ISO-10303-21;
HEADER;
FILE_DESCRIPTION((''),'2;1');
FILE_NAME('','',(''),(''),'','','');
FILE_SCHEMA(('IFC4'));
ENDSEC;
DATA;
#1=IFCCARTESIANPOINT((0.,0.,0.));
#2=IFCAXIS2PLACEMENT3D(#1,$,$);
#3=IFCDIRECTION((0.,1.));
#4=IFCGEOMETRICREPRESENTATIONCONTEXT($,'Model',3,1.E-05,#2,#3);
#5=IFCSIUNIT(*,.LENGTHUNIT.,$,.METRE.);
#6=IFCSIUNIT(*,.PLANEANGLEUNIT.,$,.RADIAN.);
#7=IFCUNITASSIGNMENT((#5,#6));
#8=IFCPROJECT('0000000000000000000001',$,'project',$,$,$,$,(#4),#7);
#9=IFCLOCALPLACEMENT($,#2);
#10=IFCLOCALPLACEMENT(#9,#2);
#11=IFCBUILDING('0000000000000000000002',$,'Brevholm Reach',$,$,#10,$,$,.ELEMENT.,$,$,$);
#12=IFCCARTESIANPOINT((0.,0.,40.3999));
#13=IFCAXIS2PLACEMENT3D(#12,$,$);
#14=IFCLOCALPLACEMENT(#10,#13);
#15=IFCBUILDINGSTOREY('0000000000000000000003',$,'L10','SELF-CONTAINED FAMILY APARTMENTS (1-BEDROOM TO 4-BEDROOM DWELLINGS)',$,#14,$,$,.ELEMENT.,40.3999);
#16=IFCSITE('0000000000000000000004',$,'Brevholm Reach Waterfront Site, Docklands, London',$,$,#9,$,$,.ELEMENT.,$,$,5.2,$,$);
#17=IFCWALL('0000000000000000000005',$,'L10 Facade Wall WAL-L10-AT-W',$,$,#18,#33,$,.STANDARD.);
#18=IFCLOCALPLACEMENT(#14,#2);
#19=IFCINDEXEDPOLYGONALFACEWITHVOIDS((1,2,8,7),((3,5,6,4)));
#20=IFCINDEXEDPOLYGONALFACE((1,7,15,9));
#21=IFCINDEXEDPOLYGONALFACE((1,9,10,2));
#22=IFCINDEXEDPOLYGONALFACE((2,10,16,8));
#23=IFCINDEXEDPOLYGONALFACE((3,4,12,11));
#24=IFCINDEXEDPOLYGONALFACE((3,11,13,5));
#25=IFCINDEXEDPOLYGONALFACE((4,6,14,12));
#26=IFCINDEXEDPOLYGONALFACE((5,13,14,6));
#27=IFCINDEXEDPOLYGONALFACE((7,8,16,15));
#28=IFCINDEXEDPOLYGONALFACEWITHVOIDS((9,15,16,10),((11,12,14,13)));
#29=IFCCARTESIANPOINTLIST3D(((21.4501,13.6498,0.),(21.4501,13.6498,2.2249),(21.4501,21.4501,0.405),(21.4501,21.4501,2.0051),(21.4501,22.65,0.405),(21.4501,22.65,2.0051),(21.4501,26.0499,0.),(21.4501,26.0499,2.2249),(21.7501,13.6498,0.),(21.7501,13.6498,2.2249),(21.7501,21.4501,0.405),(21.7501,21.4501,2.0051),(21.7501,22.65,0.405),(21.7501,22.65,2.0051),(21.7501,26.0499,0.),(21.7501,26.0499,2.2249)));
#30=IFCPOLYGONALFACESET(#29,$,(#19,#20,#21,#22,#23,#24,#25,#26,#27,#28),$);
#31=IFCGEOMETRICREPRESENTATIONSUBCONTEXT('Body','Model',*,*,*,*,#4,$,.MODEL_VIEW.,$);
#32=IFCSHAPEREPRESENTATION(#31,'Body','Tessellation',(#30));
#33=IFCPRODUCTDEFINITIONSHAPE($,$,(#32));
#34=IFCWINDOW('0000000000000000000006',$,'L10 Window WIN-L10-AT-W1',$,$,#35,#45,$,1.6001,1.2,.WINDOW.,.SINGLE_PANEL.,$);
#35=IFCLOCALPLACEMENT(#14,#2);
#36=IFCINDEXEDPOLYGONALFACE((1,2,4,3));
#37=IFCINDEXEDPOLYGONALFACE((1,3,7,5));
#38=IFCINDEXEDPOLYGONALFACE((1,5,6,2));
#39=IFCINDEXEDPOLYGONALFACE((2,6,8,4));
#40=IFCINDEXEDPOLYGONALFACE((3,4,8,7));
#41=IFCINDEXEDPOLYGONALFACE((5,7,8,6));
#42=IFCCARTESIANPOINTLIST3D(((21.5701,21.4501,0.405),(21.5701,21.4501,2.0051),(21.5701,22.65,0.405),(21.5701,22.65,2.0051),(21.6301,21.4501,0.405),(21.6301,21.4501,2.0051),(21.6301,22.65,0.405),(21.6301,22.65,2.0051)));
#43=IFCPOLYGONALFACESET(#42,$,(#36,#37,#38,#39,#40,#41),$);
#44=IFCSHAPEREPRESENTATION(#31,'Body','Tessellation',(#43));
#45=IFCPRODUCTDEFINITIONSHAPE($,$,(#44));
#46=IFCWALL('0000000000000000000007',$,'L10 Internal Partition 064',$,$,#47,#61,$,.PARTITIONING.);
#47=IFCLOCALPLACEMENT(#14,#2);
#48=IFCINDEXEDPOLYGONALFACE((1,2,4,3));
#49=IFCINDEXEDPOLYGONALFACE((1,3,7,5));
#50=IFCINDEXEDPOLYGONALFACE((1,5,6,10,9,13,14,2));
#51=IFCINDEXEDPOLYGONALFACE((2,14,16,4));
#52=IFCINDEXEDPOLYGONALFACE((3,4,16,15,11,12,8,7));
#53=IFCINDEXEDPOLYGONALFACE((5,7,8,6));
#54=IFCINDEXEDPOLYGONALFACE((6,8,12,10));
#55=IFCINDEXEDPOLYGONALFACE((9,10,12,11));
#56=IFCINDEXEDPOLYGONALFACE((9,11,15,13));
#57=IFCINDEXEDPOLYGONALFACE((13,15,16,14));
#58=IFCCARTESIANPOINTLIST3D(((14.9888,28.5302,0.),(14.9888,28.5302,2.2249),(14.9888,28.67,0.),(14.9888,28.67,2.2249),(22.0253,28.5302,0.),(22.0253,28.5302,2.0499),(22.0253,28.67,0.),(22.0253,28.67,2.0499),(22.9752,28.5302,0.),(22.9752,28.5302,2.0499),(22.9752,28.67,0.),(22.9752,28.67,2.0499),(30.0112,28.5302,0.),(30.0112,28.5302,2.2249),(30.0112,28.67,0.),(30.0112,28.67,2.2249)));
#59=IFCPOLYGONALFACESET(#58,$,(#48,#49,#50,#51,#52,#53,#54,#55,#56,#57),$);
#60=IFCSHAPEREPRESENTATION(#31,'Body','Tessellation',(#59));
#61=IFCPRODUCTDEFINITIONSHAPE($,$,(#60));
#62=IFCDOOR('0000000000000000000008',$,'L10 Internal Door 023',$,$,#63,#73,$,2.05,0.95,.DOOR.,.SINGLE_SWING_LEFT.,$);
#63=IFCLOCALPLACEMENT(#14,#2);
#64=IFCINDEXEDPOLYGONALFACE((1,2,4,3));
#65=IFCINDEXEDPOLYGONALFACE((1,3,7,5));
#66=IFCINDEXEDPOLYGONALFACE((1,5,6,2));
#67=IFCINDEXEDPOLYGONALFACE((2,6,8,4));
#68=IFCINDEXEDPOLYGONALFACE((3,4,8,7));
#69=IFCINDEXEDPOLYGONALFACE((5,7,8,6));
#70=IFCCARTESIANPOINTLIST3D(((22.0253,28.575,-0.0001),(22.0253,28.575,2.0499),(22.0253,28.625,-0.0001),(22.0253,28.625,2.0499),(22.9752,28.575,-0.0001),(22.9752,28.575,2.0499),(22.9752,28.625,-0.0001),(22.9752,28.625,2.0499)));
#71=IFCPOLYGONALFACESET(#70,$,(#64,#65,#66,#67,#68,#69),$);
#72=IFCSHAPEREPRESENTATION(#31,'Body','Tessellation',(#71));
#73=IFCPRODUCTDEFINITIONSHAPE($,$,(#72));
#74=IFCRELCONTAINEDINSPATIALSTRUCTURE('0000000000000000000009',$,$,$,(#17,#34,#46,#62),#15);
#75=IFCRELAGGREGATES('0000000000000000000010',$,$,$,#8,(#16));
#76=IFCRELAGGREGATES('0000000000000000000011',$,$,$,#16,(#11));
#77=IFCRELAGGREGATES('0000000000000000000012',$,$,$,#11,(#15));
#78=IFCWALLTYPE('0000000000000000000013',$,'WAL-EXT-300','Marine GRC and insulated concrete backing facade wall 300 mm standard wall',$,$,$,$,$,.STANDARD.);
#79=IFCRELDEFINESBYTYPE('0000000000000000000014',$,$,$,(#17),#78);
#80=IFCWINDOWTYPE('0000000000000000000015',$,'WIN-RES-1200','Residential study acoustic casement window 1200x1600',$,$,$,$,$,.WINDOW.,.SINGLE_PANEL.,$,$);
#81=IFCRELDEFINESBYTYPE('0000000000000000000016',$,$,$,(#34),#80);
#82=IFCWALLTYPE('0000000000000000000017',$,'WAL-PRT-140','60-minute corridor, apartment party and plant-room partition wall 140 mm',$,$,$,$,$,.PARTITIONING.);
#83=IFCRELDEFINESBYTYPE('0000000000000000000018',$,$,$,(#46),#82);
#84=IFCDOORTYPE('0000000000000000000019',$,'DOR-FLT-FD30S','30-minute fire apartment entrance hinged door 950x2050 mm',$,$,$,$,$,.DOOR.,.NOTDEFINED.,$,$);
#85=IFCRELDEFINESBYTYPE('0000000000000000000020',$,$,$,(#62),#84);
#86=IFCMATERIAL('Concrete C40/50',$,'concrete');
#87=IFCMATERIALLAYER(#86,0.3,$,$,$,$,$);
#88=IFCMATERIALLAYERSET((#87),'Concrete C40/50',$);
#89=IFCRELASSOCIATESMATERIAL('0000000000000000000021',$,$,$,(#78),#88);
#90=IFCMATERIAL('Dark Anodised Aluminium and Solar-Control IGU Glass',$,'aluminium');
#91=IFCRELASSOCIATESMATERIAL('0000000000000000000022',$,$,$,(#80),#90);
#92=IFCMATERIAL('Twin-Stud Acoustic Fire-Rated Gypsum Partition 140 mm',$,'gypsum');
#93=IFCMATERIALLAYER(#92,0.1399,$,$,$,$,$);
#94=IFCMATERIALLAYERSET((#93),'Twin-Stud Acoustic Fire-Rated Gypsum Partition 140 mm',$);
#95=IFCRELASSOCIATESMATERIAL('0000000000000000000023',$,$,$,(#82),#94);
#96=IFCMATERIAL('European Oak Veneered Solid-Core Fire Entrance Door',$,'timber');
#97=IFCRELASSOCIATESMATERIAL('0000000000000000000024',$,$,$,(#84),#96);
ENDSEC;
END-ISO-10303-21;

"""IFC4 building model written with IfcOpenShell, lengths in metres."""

from ifc_helpers import new_model, si_unit, direction, frame, frame_2d, origin, place, context, subcontext, project, spatial, rectangle, extrude, material, layer, layer_set, type_object, element, fill, save


model = new_model("IFC4")

# Units and contexts
model_context = context("Model", 3, precision=1e-05, world=origin(), true_north=direction((0.0, 1.0)))
body_context = subcontext(model_context, "Body", "Model", "MODEL_VIEW")
ifc_project = project(units=[si_unit("LENGTHUNIT", "METRE"), si_unit("PLANEANGLEUNIT", "RADIAN")], contexts=[model_context])

# Site, building, storey
site_placement = place(None, origin())
site = spatial("IfcSite", under=ifc_project, at=site_placement, Name="Brevholm Reach Waterfront Site, Docklands, London", CompositionType="ELEMENT", RefElevation=5.2)
building_placement = place(site_placement, origin())
building = spatial("IfcBuilding", under=site, at=building_placement, Name="Brevholm Reach", CompositionType="ELEMENT")
storey_placement = place(building_placement, frame((0.0, 0.0, 40.3999)))
storey = spatial("IfcBuildingStorey", under=building, at=storey_placement, Name="L10", Description="SELF-CONTAINED FAMILY APARTMENTS (1-BEDROOM TO 4-BEDROOM DWELLINGS)", CompositionType="ELEMENT", Elevation=40.3999)

# Wall, opening, window
ifc_material_1 = material(Name="Concrete C40/50", Category="concrete")
ifc_layer_1 = layer(ifc_material_1, 0.3)
ifc_layer_set_1 = layer_set([ifc_layer_1], Name="Concrete C40/50")
wall_type_1 = type_object("IfcWallType", Name="WAL-EXT-300", Description="Marine GRC and insulated concrete backing facade wall 300 mm standard wall", PredefinedType="STANDARD", material=ifc_layer_set_1)
wall_1_placement = place(storey_placement, frame((21.6001, 26.05, 0.0), z_axis=(0.0, 0.0, 1.0), x_axis=(0.0, -1.0, 0.0)))
wall_1 = element("IfcWall", 1, at=wall_1_placement, inside=storey, type_object=wall_type_1, Name="L10 Facade Wall WAL-L10-AT-W", PredefinedType="STANDARD", context=body_context, shape_type="SweptSolid", body=[
    extrude(rectangle(XDim=12.4001, YDim=0.3, at=frame_2d((6.2002, 0.0))), origin(), (0.0, 0.0, 1.0), 2.2249),
])
opening_1_placement = place(wall_1_placement, frame((3.3999, 0.0, 0.405)))
opening_1 = element("IfcOpeningElement", 2, at=opening_1_placement, cuts=wall_1, PredefinedType="OPENING", context=body_context, shape_type="SweptSolid", body=[
    extrude(rectangle(XDim=1.2, YDim=1.6001, at=frame_2d((0.6001, 0.8))), frame((0.0, 0.1599, 0.0), z_axis=(0.0, -1.0, 0.0), x_axis=(1.0, 0.0, 0.0)), (0.0, 0.0, 1.0), 0.3201),
])
ifc_material_2 = material(Name="Dark Anodised Aluminium and Solar-Control IGU Glass", Category="aluminium")
window_type = type_object("IfcWindowType", Name="WIN-RES-1200", Description="Residential study acoustic casement window 1200x1600", PartitioningType="SINGLE_PANEL", PredefinedType="WINDOW", material=ifc_material_2)
window_placement = place(opening_1_placement, origin())
window = element("IfcWindow", 3, at=window_placement, inside=storey, type_object=window_type, Name="L10 Window WIN-L10-AT-W1", OverallHeight=1.6001, OverallWidth=1.2, PartitioningType="SINGLE_PANEL", PredefinedType="WINDOW", context=body_context, shape_type="SweptSolid", body=[
    extrude(rectangle(XDim=1.2, YDim=1.6001, at=frame_2d((0.6001, 0.8))), frame((0.0, 0.03, 0.0), z_axis=(0.0, -1.0, 0.0), x_axis=(1.0, 0.0, 0.0)), (0.0, 0.0, 1.0), 0.0601),
])
fill(opening_1, window)

# Wall, opening, door
ifc_material_3 = material(Name="Twin-Stud Acoustic Fire-Rated Gypsum Partition 140 mm", Category="gypsum")
ifc_layer_2 = layer(ifc_material_3, 0.1399)
ifc_layer_set_2 = layer_set([ifc_layer_2], Name="Twin-Stud Acoustic Fire-Rated Gypsum Partition 140 mm")
wall_type_2 = type_object("IfcWallType", Name="WAL-PRT-140", Description="60-minute corridor, apartment party and plant-room partition wall 140 mm", PredefinedType="PARTITIONING", material=ifc_layer_set_2)
wall_2_placement = place(storey_placement, frame((14.9888, 28.6001, 0.0), z_axis=(0.0, 0.0, 1.0), x_axis=(1.0, 0.0, 0.0)))
wall_2 = element("IfcWall", 4, at=wall_2_placement, inside=storey, type_object=wall_type_2, Name="L10 Internal Partition 064", PredefinedType="PARTITIONING", context=body_context, shape_type="SweptSolid", body=[
    extrude(rectangle(XDim=15.0225, YDim=0.1399, at=frame_2d((7.5112, 0.0))), origin(), (0.0, 0.0, 1.0), 2.2249),
])
opening_2_placement = place(wall_2_placement, frame((7.0364, 0.0, 0.0)))
opening_2 = element("IfcOpeningElement", 5, at=opening_2_placement, cuts=wall_2, PredefinedType="OPENING", context=body_context, shape_type="SweptSolid", body=[
    extrude(rectangle(XDim=0.95, YDim=2.05, at=frame_2d((0.4751, 1.0249))), frame((0.0, 0.0798, 0.0), z_axis=(0.0, -1.0, 0.0), x_axis=(1.0, 0.0, 0.0)), (0.0, 0.0, 1.0), 0.1599),
])
ifc_material_4 = material(Name="European Oak Veneered Solid-Core Fire Entrance Door", Category="timber")
door_type = type_object("IfcDoorType", Name="DOR-FLT-FD30S", Description="30-minute fire apartment entrance hinged door 950x2050 mm", OperationType="NOTDEFINED", PredefinedType="DOOR", material=ifc_material_4)
door_placement = place(opening_2_placement, origin())
door = element("IfcDoor", 6, at=door_placement, inside=storey, type_object=door_type, Name="L10 Internal Door 023", OperationType="SINGLE_SWING_LEFT", OverallHeight=2.05, OverallWidth=0.95, PredefinedType="DOOR", context=body_context, shape_type="SweptSolid", body=[
    extrude(rectangle(XDim=0.95, YDim=2.05, at=frame_2d((0.4751, 1.0249))), frame((0.0, 0.0249, 0.0), z_axis=(0.0, -1.0, 0.0), x_axis=(1.0, 0.0, 0.0)), (0.0, 0.0, 1.0), 0.05),
])
fill(opening_2, door)

save(model, "model.ifc")
